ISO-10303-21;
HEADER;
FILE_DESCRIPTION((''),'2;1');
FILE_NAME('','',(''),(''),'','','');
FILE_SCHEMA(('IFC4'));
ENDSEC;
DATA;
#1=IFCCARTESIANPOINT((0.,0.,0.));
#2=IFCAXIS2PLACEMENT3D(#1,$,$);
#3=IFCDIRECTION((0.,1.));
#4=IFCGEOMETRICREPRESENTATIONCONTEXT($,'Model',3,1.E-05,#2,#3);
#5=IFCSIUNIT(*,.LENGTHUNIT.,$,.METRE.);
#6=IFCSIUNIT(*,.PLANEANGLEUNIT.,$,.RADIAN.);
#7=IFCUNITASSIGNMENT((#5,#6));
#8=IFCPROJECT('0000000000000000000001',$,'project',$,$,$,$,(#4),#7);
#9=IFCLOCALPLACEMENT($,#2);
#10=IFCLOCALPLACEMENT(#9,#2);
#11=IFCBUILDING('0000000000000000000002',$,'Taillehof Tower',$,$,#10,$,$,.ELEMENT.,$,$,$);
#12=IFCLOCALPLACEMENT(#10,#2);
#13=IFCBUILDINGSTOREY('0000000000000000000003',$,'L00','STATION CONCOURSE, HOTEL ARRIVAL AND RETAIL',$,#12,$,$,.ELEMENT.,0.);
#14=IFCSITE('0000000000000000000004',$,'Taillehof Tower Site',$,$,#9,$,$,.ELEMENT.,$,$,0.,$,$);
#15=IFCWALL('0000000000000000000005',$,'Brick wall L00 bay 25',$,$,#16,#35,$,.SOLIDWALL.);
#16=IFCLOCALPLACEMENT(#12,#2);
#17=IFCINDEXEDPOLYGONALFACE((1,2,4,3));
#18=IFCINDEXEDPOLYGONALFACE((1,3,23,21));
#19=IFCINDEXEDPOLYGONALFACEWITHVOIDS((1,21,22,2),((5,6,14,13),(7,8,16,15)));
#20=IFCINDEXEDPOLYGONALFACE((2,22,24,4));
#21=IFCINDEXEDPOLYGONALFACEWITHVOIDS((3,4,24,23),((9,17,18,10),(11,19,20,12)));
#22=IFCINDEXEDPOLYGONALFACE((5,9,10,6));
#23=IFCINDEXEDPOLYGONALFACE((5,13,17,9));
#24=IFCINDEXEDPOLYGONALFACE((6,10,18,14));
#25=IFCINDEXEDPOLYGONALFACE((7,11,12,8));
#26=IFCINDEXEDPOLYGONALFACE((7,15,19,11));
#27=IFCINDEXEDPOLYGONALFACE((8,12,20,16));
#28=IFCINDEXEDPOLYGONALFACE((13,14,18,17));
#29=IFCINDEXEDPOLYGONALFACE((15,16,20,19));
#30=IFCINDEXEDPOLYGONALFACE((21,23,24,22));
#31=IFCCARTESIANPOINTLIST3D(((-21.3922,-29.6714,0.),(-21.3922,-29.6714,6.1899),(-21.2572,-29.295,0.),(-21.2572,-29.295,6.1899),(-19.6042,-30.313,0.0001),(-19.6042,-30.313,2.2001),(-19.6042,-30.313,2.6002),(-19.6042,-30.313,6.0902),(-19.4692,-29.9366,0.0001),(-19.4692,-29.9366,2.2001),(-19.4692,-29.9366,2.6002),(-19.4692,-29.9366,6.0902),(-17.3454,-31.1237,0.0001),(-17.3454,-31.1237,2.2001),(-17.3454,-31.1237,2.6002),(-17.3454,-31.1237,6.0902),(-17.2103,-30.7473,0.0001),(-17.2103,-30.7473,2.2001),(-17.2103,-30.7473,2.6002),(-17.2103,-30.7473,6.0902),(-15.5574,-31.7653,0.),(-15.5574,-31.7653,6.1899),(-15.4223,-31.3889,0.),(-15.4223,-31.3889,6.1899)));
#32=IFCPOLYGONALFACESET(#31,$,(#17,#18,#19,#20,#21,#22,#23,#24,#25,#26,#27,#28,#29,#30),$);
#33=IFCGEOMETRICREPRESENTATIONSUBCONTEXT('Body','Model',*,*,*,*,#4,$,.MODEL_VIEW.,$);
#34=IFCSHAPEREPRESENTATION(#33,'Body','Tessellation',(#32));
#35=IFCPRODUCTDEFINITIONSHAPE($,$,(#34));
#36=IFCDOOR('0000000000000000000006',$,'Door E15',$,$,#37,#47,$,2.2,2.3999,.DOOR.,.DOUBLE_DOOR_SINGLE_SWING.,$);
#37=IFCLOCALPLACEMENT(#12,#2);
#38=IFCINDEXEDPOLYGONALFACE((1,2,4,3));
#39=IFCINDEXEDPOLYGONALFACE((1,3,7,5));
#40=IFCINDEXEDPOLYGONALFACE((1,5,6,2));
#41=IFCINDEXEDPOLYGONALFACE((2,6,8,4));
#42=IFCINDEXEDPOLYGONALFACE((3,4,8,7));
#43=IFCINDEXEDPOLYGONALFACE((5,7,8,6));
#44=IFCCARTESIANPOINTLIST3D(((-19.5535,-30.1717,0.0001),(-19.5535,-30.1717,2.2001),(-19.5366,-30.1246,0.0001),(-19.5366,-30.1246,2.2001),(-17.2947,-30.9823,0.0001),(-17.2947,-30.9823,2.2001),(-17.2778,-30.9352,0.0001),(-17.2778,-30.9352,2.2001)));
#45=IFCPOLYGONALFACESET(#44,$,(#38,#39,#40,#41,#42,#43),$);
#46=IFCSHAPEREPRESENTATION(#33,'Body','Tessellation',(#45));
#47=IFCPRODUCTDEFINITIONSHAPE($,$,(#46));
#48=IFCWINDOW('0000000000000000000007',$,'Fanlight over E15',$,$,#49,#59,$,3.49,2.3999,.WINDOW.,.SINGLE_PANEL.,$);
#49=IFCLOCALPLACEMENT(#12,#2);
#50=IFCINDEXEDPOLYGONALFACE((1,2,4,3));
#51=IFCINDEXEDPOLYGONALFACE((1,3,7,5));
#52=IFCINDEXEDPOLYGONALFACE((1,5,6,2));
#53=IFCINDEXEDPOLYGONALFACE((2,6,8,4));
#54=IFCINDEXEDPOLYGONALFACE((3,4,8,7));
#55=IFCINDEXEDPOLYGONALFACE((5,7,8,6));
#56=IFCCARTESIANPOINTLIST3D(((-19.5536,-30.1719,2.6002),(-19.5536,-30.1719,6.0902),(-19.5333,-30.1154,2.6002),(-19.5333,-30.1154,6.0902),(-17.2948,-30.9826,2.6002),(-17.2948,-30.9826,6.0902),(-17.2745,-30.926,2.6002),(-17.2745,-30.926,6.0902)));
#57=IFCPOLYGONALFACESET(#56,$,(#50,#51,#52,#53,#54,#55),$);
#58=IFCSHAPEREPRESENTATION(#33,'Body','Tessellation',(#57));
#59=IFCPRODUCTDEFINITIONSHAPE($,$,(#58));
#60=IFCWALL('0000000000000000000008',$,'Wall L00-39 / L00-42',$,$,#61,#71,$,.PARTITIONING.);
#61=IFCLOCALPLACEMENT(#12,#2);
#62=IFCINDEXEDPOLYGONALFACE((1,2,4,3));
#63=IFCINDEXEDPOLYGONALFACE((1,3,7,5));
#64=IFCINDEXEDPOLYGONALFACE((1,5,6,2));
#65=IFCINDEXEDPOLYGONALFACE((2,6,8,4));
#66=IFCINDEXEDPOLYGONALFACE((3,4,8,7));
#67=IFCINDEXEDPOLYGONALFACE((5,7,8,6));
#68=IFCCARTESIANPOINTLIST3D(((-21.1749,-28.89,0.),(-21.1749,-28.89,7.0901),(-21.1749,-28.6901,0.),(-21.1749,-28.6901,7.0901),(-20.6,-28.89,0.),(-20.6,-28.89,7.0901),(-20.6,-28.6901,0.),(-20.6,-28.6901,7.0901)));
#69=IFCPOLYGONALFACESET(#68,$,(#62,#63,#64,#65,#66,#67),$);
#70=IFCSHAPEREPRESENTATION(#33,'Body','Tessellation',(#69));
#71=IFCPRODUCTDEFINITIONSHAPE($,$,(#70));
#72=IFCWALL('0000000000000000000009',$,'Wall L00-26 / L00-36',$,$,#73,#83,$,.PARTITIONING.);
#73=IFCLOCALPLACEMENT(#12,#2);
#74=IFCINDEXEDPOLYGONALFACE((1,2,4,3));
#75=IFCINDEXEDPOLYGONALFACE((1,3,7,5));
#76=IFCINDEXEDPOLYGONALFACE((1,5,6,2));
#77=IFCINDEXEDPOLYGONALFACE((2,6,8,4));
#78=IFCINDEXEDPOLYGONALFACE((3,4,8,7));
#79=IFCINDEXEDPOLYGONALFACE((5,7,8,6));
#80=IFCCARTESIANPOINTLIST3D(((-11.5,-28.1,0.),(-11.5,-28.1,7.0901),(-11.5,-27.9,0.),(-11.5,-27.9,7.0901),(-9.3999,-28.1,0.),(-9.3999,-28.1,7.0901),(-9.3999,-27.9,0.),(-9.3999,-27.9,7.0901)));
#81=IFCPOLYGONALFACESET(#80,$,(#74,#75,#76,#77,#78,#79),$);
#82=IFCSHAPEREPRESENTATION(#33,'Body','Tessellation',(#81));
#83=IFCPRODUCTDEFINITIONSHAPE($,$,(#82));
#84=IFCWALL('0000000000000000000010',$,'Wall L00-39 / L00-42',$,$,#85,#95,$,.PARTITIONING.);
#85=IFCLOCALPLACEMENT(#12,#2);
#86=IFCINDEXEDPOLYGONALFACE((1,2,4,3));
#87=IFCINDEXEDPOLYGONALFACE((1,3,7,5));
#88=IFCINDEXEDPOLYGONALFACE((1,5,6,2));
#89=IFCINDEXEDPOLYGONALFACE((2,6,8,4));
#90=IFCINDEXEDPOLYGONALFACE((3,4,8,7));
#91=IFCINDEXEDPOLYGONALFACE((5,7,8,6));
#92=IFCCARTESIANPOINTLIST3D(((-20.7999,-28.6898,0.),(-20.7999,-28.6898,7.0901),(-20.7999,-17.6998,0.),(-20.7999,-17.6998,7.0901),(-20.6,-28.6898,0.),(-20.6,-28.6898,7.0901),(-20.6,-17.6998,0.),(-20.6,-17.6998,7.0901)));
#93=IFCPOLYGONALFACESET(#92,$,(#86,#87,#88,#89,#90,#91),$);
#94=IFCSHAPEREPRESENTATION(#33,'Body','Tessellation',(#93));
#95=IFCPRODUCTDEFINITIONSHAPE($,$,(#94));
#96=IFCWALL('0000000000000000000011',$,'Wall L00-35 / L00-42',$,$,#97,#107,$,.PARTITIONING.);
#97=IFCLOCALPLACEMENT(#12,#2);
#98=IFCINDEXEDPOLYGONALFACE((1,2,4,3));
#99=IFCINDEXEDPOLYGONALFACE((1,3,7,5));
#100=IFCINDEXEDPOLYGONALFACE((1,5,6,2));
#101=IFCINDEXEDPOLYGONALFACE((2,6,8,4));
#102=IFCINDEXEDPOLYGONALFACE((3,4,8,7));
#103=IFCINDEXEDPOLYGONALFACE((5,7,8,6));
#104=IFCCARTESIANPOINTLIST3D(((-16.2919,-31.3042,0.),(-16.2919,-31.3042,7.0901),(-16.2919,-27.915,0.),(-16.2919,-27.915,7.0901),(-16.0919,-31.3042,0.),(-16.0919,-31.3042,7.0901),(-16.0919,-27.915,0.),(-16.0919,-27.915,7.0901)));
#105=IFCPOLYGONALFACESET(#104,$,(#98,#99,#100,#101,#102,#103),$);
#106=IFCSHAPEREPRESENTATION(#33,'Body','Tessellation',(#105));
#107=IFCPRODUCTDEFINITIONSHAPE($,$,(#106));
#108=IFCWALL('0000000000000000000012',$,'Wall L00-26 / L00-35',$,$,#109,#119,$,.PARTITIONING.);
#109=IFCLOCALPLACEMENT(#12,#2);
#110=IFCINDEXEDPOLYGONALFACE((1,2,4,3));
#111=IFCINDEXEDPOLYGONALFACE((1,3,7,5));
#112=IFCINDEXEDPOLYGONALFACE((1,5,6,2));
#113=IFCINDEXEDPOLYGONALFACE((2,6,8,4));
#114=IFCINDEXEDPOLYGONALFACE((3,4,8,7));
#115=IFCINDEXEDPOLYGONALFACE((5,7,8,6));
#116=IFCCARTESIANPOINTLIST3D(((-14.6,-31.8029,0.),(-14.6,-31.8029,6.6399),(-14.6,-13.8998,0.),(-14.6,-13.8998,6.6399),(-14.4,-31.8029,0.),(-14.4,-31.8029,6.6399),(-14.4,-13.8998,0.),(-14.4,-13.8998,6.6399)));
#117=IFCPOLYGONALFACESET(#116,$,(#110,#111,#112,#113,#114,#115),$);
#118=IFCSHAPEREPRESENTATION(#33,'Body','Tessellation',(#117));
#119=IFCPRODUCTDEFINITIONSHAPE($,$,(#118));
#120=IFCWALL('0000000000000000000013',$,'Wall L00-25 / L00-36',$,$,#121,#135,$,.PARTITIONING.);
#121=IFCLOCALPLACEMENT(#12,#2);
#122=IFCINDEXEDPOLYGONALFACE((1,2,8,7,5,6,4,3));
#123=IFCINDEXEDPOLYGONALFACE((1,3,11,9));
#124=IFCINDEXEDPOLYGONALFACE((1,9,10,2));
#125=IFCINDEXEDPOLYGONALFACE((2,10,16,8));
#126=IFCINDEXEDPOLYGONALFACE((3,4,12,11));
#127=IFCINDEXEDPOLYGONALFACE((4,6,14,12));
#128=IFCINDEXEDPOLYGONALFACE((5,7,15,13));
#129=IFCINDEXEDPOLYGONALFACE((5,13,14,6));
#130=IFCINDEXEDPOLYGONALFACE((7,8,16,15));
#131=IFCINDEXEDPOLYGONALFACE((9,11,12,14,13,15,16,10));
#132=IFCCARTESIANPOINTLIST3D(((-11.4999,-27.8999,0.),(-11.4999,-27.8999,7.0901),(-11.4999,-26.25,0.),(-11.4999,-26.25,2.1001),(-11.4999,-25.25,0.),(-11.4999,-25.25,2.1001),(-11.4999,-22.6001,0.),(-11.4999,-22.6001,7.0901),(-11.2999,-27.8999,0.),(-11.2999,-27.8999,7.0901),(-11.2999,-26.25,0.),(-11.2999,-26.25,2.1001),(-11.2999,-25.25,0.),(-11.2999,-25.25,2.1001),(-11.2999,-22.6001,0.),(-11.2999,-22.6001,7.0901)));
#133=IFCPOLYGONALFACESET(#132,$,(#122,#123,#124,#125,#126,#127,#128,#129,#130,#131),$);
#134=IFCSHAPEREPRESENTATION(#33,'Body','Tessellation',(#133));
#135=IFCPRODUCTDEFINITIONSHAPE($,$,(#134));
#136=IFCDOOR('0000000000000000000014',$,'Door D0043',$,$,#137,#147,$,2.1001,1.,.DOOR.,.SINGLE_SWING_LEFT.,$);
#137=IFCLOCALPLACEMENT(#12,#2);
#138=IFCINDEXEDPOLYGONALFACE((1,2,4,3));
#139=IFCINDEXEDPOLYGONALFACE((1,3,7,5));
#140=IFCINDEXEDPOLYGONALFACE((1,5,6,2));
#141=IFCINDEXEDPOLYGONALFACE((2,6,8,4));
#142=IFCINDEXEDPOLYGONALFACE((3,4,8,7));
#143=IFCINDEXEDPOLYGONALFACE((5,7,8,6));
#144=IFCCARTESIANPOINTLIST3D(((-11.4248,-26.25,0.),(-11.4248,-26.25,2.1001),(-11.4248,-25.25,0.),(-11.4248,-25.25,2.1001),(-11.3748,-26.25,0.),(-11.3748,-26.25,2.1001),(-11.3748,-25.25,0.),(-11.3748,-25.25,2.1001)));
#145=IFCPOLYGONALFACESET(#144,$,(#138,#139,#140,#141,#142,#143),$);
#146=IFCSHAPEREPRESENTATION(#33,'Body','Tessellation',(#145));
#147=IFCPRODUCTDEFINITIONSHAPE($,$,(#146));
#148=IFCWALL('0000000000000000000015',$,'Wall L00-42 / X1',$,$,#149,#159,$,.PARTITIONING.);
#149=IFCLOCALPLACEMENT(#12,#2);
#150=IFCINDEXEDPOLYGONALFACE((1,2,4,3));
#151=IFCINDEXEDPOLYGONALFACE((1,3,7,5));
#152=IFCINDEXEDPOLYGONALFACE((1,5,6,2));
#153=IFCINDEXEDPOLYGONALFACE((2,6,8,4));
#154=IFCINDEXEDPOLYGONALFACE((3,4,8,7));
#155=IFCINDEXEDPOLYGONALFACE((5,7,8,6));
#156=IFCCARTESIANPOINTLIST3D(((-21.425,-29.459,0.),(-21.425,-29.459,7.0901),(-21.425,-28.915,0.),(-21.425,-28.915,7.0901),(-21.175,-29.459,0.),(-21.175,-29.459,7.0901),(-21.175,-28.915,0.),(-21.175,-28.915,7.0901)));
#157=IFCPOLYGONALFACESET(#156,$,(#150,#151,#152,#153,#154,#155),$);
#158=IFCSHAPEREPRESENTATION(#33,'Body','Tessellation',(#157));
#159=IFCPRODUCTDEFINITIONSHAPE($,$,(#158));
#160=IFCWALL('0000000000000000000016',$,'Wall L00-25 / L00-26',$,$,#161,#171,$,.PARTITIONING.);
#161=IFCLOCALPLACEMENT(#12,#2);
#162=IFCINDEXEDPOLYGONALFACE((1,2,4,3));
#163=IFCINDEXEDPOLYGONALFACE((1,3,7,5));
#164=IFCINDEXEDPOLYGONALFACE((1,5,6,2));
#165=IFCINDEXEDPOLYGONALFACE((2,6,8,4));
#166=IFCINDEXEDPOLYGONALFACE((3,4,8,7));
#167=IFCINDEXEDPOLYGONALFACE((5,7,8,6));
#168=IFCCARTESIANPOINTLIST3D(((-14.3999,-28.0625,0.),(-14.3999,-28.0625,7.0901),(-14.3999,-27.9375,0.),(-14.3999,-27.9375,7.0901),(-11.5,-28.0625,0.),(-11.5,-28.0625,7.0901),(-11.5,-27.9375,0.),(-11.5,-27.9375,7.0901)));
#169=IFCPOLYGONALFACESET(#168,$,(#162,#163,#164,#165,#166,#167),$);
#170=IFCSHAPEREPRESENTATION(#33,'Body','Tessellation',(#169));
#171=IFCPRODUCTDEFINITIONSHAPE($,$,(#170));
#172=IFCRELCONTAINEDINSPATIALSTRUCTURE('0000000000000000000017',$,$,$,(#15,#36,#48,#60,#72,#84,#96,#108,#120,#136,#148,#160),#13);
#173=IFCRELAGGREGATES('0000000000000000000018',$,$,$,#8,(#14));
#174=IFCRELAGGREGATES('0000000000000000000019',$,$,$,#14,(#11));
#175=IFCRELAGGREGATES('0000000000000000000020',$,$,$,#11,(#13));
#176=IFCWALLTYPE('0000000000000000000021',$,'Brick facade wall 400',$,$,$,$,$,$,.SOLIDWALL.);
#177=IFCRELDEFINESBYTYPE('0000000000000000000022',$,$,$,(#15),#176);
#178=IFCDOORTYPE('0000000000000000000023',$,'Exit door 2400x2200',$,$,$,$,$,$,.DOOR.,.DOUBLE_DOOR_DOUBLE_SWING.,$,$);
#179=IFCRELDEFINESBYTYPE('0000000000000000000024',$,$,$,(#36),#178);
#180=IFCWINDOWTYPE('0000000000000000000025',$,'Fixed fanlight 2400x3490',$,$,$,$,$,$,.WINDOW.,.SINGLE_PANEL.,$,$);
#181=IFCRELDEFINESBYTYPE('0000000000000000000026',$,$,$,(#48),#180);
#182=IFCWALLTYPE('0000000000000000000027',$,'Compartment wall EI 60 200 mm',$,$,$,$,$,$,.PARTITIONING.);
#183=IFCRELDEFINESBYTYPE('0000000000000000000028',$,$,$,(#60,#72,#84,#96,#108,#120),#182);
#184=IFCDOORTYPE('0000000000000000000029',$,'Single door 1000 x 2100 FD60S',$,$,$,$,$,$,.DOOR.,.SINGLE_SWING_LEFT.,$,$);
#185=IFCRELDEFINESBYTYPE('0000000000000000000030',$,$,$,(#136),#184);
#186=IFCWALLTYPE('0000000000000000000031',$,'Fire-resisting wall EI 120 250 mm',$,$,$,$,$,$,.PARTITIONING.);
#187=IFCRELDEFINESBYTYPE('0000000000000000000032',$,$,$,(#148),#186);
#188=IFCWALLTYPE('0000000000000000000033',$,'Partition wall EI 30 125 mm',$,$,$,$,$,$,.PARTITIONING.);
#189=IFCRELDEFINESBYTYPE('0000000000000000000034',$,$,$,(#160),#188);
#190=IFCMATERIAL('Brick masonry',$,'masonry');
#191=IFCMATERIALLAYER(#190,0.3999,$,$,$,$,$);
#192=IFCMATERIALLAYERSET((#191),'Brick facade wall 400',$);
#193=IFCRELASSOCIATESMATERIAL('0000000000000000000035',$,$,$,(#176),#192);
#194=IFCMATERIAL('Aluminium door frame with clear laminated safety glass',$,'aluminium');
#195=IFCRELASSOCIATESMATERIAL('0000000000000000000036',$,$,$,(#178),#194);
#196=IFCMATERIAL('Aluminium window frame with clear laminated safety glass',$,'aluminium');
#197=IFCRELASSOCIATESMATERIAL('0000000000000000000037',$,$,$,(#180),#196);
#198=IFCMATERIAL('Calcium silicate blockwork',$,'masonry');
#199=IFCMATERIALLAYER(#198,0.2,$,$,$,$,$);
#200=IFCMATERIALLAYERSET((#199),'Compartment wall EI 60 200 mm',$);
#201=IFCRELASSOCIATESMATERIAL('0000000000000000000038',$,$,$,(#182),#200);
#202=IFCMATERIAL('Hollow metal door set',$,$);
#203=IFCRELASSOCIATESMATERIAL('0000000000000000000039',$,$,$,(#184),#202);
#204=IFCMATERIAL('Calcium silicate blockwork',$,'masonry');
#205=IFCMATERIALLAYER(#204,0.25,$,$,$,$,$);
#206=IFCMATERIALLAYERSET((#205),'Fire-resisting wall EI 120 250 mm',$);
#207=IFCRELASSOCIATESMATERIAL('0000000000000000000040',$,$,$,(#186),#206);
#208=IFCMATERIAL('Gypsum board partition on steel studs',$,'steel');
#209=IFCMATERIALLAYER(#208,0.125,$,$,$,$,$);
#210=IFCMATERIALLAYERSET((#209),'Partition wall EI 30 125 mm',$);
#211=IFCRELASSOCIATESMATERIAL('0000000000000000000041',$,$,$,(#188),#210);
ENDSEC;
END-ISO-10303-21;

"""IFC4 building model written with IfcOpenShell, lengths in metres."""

from ifc_helpers import new_model, si_unit, direction, frame, frame_2d, origin, place, context, subcontext, project, spatial, rectangle, extrude, material, layer, layer_set, type_object, element, fill, save


model = new_model("IFC4")

# Units and contexts
model_context = context("Model", 3, precision=1e-05, world=origin(), true_north=direction((0.0, 1.0)))
body_context = subcontext(model_context, "Body", "Model", "MODEL_VIEW")
ifc_project = project(units=[si_unit("LENGTHUNIT", "METRE"), si_unit("PLANEANGLEUNIT", "RADIAN")], contexts=[model_context])

# Site, building, storey
site_placement = place(None, origin())
site = spatial("IfcSite", under=ifc_project, at=site_placement, Name="Taillehof Tower Site", CompositionType="ELEMENT", RefElevation=0.0)
building_placement = place(site_placement, origin())
building = spatial("IfcBuilding", under=site, at=building_placement, Name="Taillehof Tower", CompositionType="ELEMENT")
storey_placement = place(building_placement, origin())
storey = spatial("IfcBuildingStorey", under=building, at=storey_placement, Name="L00", Description="STATION CONCOURSE, HOTEL ARRIVAL AND RETAIL", CompositionType="ELEMENT", Elevation=0.0)

# Wall, openings, door, window
ifc_material_1 = material(Name="Brick masonry", Category="masonry")
ifc_layer_1 = layer(ifc_material_1, 0.3999)
ifc_layer_set_1 = layer_set([ifc_layer_1], Name="Brick facade wall 400")
wall_type_1 = type_object("IfcWallType", Name="Brick facade wall 400", PredefinedType="SOLIDWALL", material=ifc_layer_set_1)
wall_1_placement = place(storey_placement, frame((-21.3247, -29.4832, 0.0), z_axis=(0.0, 0.0, 1.0), x_axis=(0.941226, -0.337778, 0.0)))
wall_1 = element("IfcWall", 1, at=wall_1_placement, inside=storey, type_object=wall_type_1, Name="Brick wall L00 bay 25", PredefinedType="SOLIDWALL", context=body_context, shape_type="SweptSolid", body=[
    extrude(rectangle(XDim=6.1992, YDim=0.3999, at=frame_2d((3.0996, 0.0))), origin(), (0.0, 0.0, 1.0), 6.1899),
])
opening_1_placement = place(wall_1_placement, frame((1.8997, 0.0, 0.0)))
opening_1 = element("IfcOpeningElement", 2, at=opening_1_placement, cuts=wall_1, PredefinedType="OPENING", context=body_context, shape_type="SweptSolid", body=[
    extrude(rectangle(XDim=2.3999, YDim=2.2, at=frame_2d((1.2, 1.1001))), frame((0.0, 0.21, 0.0), z_axis=(0.0, -1.0, 0.0), x_axis=(1.0, 0.0, 0.0)), (0.0, 0.0, 1.0), 0.4199),
])
opening_2_placement = place(wall_1_placement, frame((1.8997, 0.0, 2.6001)))
opening_2 = element("IfcOpeningElement", 3, at=opening_2_placement, cuts=wall_1, PredefinedType="OPENING", context=body_context, shape_type="SweptSolid", body=[
    extrude(rectangle(XDim=2.3999, YDim=3.49, at=frame_2d((1.2, 1.7451))), frame((0.0, 0.21, 0.0), z_axis=(0.0, -1.0, 0.0), x_axis=(1.0, 0.0, 0.0)), (0.0, 0.0, 1.0), 0.4199),
])
ifc_material_2 = material(Name="Aluminium door frame with clear laminated safety glass", Category="aluminium")
door_type_1 = type_object("IfcDoorType", Name="Exit door 2400x2200", OperationType="DOUBLE_DOOR_DOUBLE_SWING", PredefinedType="DOOR", material=ifc_material_2)
door_1_placement = place(opening_1_placement, frame((2.3999, 0.0, 0.0), z_axis=(0.0, 0.0, 1.0), x_axis=(-1.0, 0.0, 0.0)))
door_1 = element("IfcDoor", 4, at=door_1_placement, inside=storey, type_object=door_type_1, Name="Door E15", OperationType="DOUBLE_DOOR_SINGLE_SWING", OverallHeight=2.2, OverallWidth=2.3999, PredefinedType="DOOR", context=body_context, shape_type="SweptSolid", body=[
    extrude(rectangle(XDim=2.3999, YDim=2.2, at=frame_2d((1.2, 1.1001))), frame((0.0, 0.0498, 0.0), z_axis=(0.0, -1.0, 0.0), x_axis=(1.0, 0.0, 0.0)), (0.0, 0.0, 1.0), 0.05),
])
fill(opening_1, door_1)
ifc_material_3 = material(Name="Aluminium window frame with clear laminated safety glass", Category="aluminium")
window_type = type_object("IfcWindowType", Name="Fixed fanlight 2400x3490", PartitioningType="SINGLE_PANEL", PredefinedType="WINDOW", material=ifc_material_3)
window_placement = place(opening_2_placement, origin())
window = element("IfcWindow", 5, at=window_placement, inside=storey, type_object=window_type, Name="Fanlight over E15", OverallHeight=3.49, OverallWidth=2.3999, PartitioningType="SINGLE_PANEL", PredefinedType="WINDOW", context=body_context, shape_type="SweptSolid", body=[
    extrude(rectangle(XDim=2.3999, YDim=3.49, at=frame_2d((1.2, 1.7451))), frame((0.0, 0.01, 0.0), z_axis=(0.0, -1.0, 0.0), x_axis=(1.0, 0.0, 0.0)), (0.0, 0.0, 1.0), 0.0601),
])
fill(opening_2, window)

# Walls
ifc_material_4 = material(Name="Calcium silicate blockwork", Category="masonry")
ifc_layer_2 = layer(ifc_material_4, 0.2)
ifc_layer_set_2 = layer_set([ifc_layer_2], Name="Compartment wall EI 60 200 mm")
wall_type_2 = type_object("IfcWallType", Name="Compartment wall EI 60 200 mm", PredefinedType="PARTITIONING", material=ifc_layer_set_2)
wall_2_placement = place(storey_placement, frame((-21.175, -28.79, 0.0), z_axis=(0.0, 0.0, 1.0), x_axis=(1.0, 0.0, 0.0)))
element("IfcWall", 6, at=wall_2_placement, inside=storey, type_object=wall_type_2, Name="Wall L00-39 / L00-42", PredefinedType="PARTITIONING", context=body_context, shape_type="SweptSolid", body=[
    extrude(rectangle(XDim=0.575, YDim=0.2, at=frame_2d((0.2876, 0.0))), origin(), (0.0, 0.0, 1.0), 7.0901),
])
wall_3_placement = place(storey_placement, frame((-11.5, -28.0, 0.0), z_axis=(0.0, 0.0, 1.0), x_axis=(1.0, 0.0, 0.0)))
element("IfcWall", 7, at=wall_3_placement, inside=storey, type_object=wall_type_2, Name="Wall L00-26 / L00-36", PredefinedType="PARTITIONING", context=body_context, shape_type="SweptSolid", body=[
    extrude(rectangle(XDim=2.1001, YDim=0.2, at=frame_2d((1.05, 0.0))), origin(), (0.0, 0.0, 1.0), 7.0901),
])
wall_4_placement = place(storey_placement, frame((-20.7, -28.6899, 0.0), z_axis=(0.0, 0.0, 1.0), x_axis=(0.0, 1.0, 0.0)))
element("IfcWall", 8, at=wall_4_placement, inside=storey, type_object=wall_type_2, Name="Wall L00-39 / L00-42", PredefinedType="PARTITIONING", context=body_context, shape_type="SweptSolid", body=[
    extrude(rectangle(XDim=10.99, YDim=0.2, at=frame_2d((5.4951, 0.0))), origin(), (0.0, 0.0, 1.0), 7.0901),
])
wall_5_placement = place(storey_placement, frame((-16.1919, -31.3042, 0.0), z_axis=(0.0, 0.0, 1.0), x_axis=(0.0, 1.0, 0.0)))
element("IfcWall", 9, at=wall_5_placement, inside=storey, type_object=wall_type_2, Name="Wall L00-35 / L00-42", PredefinedType="PARTITIONING", context=body_context, shape_type="SweptSolid", body=[
    extrude(rectangle(XDim=3.3892, YDim=0.2, at=frame_2d((1.6946, 0.0))), origin(), (0.0, 0.0, 1.0), 7.0901),
])
wall_6_placement = place(storey_placement, frame((-14.5, -31.803, 0.0), z_axis=(0.0, 0.0, 1.0), x_axis=(0.0, 1.0, 0.0)))
element("IfcWall", 10, at=wall_6_placement, inside=storey, type_object=wall_type_2, Name="Wall L00-26 / L00-35", PredefinedType="PARTITIONING", context=body_context, shape_type="SweptSolid", body=[
    extrude(rectangle(XDim=17.9031, YDim=0.2, at=frame_2d((8.9517, 0.0))), origin(), (0.0, 0.0, 1.0), 6.6399),
])

# Wall, opening, door
wall_7_placement = place(storey_placement, frame((-11.3999, -27.8999, 0.0), z_axis=(0.0, 0.0, 1.0), x_axis=(0.0, 1.0, 0.0)))
wall_7 = element("IfcWall", 11, at=wall_7_placement, inside=storey, type_object=wall_type_2, Name="Wall L00-25 / L00-36", PredefinedType="PARTITIONING", context=body_context, shape_type="SweptSolid", body=[
    extrude(rectangle(XDim=5.2998, YDim=0.2, at=frame_2d((2.6499, 0.0))), origin(), (0.0, 0.0, 1.0), 7.0901),
])
opening_3_placement = place(wall_7_placement, frame((1.6499, 0.0, 0.0)))
opening_3 = element("IfcOpeningElement", 12, at=opening_3_placement, cuts=wall_7, PredefinedType="OPENING", context=body_context, shape_type="SweptSolid", body=[
    extrude(rectangle(XDim=1.0, YDim=2.1001, at=frame_2d((0.5, 1.05))), frame((0.0, 0.1099, 0.0), z_axis=(0.0, -1.0, 0.0), x_axis=(1.0, 0.0, 0.0)), (0.0, 0.0, 1.0), 0.22),
])
ifc_material_5 = material(Name="Hollow metal door set")
door_type_2 = type_object("IfcDoorType", Name="Single door 1000 x 2100 FD60S", OperationType="SINGLE_SWING_LEFT", PredefinedType="DOOR", material=ifc_material_5)
door_2_placement = place(opening_3_placement, origin())
door_2 = element("IfcDoor", 13, at=door_2_placement, inside=storey, type_object=door_type_2, Name="Door D0043", OperationType="SINGLE_SWING_LEFT", OverallHeight=2.1001, OverallWidth=1.0, PredefinedType="DOOR", context=body_context, shape_type="SweptSolid", body=[
    extrude(rectangle(XDim=1.0, YDim=2.1001, at=frame_2d((0.5, 1.05))), frame((0.0, 0.0249, 0.0), z_axis=(0.0, -1.0, 0.0), x_axis=(1.0, 0.0, 0.0)), (0.0, 0.0, 1.0), 0.05),
])
fill(opening_3, door_2)

# Walls
ifc_material_6 = material(Name="Calcium silicate blockwork", Category="masonry")
ifc_layer_3 = layer(ifc_material_6, 0.25)
ifc_layer_set_3 = layer_set([ifc_layer_3], Name="Fire-resisting wall EI 120 250 mm")
wall_type_3 = type_object("IfcWallType", Name="Fire-resisting wall EI 120 250 mm", PredefinedType="PARTITIONING", material=ifc_layer_set_3)
wall_8_placement = place(storey_placement, frame((-21.3, -29.459, 0.0), z_axis=(0.0, 0.0, 1.0), x_axis=(0.0, 1.0, 0.0)))
element("IfcWall", 14, at=wall_8_placement, inside=storey, type_object=wall_type_3, Name="Wall L00-42 / X1", PredefinedType="PARTITIONING", context=body_context, shape_type="SweptSolid", body=[
    extrude(rectangle(XDim=0.5439, YDim=0.25, at=frame_2d((0.272, 0.0))), origin(), (0.0, 0.0, 1.0), 7.0901),
])
ifc_material_7 = material(Name="Gypsum board partition on steel studs", Category="steel")
ifc_layer_4 = layer(ifc_material_7, 0.125)
ifc_layer_set_4 = layer_set([ifc_layer_4], Name="Partition wall EI 30 125 mm")
wall_type_4 = type_object("IfcWallType", Name="Partition wall EI 30 125 mm", PredefinedType="PARTITIONING", material=ifc_layer_set_4)
wall_9_placement = place(storey_placement, frame((-14.3999, -28.0, 0.0), z_axis=(0.0, 0.0, 1.0), x_axis=(1.0, 0.0, 0.0)))
element("IfcWall", 15, at=wall_9_placement, inside=storey, type_object=wall_type_4, Name="Wall L00-25 / L00-26", PredefinedType="PARTITIONING", context=body_context, shape_type="SweptSolid", body=[
    extrude(rectangle(XDim=2.8999, YDim=0.125, at=frame_2d((1.45, 0.0))), origin(), (0.0, 0.0, 1.0), 7.0901),
])

save(model, "model.ifc")
